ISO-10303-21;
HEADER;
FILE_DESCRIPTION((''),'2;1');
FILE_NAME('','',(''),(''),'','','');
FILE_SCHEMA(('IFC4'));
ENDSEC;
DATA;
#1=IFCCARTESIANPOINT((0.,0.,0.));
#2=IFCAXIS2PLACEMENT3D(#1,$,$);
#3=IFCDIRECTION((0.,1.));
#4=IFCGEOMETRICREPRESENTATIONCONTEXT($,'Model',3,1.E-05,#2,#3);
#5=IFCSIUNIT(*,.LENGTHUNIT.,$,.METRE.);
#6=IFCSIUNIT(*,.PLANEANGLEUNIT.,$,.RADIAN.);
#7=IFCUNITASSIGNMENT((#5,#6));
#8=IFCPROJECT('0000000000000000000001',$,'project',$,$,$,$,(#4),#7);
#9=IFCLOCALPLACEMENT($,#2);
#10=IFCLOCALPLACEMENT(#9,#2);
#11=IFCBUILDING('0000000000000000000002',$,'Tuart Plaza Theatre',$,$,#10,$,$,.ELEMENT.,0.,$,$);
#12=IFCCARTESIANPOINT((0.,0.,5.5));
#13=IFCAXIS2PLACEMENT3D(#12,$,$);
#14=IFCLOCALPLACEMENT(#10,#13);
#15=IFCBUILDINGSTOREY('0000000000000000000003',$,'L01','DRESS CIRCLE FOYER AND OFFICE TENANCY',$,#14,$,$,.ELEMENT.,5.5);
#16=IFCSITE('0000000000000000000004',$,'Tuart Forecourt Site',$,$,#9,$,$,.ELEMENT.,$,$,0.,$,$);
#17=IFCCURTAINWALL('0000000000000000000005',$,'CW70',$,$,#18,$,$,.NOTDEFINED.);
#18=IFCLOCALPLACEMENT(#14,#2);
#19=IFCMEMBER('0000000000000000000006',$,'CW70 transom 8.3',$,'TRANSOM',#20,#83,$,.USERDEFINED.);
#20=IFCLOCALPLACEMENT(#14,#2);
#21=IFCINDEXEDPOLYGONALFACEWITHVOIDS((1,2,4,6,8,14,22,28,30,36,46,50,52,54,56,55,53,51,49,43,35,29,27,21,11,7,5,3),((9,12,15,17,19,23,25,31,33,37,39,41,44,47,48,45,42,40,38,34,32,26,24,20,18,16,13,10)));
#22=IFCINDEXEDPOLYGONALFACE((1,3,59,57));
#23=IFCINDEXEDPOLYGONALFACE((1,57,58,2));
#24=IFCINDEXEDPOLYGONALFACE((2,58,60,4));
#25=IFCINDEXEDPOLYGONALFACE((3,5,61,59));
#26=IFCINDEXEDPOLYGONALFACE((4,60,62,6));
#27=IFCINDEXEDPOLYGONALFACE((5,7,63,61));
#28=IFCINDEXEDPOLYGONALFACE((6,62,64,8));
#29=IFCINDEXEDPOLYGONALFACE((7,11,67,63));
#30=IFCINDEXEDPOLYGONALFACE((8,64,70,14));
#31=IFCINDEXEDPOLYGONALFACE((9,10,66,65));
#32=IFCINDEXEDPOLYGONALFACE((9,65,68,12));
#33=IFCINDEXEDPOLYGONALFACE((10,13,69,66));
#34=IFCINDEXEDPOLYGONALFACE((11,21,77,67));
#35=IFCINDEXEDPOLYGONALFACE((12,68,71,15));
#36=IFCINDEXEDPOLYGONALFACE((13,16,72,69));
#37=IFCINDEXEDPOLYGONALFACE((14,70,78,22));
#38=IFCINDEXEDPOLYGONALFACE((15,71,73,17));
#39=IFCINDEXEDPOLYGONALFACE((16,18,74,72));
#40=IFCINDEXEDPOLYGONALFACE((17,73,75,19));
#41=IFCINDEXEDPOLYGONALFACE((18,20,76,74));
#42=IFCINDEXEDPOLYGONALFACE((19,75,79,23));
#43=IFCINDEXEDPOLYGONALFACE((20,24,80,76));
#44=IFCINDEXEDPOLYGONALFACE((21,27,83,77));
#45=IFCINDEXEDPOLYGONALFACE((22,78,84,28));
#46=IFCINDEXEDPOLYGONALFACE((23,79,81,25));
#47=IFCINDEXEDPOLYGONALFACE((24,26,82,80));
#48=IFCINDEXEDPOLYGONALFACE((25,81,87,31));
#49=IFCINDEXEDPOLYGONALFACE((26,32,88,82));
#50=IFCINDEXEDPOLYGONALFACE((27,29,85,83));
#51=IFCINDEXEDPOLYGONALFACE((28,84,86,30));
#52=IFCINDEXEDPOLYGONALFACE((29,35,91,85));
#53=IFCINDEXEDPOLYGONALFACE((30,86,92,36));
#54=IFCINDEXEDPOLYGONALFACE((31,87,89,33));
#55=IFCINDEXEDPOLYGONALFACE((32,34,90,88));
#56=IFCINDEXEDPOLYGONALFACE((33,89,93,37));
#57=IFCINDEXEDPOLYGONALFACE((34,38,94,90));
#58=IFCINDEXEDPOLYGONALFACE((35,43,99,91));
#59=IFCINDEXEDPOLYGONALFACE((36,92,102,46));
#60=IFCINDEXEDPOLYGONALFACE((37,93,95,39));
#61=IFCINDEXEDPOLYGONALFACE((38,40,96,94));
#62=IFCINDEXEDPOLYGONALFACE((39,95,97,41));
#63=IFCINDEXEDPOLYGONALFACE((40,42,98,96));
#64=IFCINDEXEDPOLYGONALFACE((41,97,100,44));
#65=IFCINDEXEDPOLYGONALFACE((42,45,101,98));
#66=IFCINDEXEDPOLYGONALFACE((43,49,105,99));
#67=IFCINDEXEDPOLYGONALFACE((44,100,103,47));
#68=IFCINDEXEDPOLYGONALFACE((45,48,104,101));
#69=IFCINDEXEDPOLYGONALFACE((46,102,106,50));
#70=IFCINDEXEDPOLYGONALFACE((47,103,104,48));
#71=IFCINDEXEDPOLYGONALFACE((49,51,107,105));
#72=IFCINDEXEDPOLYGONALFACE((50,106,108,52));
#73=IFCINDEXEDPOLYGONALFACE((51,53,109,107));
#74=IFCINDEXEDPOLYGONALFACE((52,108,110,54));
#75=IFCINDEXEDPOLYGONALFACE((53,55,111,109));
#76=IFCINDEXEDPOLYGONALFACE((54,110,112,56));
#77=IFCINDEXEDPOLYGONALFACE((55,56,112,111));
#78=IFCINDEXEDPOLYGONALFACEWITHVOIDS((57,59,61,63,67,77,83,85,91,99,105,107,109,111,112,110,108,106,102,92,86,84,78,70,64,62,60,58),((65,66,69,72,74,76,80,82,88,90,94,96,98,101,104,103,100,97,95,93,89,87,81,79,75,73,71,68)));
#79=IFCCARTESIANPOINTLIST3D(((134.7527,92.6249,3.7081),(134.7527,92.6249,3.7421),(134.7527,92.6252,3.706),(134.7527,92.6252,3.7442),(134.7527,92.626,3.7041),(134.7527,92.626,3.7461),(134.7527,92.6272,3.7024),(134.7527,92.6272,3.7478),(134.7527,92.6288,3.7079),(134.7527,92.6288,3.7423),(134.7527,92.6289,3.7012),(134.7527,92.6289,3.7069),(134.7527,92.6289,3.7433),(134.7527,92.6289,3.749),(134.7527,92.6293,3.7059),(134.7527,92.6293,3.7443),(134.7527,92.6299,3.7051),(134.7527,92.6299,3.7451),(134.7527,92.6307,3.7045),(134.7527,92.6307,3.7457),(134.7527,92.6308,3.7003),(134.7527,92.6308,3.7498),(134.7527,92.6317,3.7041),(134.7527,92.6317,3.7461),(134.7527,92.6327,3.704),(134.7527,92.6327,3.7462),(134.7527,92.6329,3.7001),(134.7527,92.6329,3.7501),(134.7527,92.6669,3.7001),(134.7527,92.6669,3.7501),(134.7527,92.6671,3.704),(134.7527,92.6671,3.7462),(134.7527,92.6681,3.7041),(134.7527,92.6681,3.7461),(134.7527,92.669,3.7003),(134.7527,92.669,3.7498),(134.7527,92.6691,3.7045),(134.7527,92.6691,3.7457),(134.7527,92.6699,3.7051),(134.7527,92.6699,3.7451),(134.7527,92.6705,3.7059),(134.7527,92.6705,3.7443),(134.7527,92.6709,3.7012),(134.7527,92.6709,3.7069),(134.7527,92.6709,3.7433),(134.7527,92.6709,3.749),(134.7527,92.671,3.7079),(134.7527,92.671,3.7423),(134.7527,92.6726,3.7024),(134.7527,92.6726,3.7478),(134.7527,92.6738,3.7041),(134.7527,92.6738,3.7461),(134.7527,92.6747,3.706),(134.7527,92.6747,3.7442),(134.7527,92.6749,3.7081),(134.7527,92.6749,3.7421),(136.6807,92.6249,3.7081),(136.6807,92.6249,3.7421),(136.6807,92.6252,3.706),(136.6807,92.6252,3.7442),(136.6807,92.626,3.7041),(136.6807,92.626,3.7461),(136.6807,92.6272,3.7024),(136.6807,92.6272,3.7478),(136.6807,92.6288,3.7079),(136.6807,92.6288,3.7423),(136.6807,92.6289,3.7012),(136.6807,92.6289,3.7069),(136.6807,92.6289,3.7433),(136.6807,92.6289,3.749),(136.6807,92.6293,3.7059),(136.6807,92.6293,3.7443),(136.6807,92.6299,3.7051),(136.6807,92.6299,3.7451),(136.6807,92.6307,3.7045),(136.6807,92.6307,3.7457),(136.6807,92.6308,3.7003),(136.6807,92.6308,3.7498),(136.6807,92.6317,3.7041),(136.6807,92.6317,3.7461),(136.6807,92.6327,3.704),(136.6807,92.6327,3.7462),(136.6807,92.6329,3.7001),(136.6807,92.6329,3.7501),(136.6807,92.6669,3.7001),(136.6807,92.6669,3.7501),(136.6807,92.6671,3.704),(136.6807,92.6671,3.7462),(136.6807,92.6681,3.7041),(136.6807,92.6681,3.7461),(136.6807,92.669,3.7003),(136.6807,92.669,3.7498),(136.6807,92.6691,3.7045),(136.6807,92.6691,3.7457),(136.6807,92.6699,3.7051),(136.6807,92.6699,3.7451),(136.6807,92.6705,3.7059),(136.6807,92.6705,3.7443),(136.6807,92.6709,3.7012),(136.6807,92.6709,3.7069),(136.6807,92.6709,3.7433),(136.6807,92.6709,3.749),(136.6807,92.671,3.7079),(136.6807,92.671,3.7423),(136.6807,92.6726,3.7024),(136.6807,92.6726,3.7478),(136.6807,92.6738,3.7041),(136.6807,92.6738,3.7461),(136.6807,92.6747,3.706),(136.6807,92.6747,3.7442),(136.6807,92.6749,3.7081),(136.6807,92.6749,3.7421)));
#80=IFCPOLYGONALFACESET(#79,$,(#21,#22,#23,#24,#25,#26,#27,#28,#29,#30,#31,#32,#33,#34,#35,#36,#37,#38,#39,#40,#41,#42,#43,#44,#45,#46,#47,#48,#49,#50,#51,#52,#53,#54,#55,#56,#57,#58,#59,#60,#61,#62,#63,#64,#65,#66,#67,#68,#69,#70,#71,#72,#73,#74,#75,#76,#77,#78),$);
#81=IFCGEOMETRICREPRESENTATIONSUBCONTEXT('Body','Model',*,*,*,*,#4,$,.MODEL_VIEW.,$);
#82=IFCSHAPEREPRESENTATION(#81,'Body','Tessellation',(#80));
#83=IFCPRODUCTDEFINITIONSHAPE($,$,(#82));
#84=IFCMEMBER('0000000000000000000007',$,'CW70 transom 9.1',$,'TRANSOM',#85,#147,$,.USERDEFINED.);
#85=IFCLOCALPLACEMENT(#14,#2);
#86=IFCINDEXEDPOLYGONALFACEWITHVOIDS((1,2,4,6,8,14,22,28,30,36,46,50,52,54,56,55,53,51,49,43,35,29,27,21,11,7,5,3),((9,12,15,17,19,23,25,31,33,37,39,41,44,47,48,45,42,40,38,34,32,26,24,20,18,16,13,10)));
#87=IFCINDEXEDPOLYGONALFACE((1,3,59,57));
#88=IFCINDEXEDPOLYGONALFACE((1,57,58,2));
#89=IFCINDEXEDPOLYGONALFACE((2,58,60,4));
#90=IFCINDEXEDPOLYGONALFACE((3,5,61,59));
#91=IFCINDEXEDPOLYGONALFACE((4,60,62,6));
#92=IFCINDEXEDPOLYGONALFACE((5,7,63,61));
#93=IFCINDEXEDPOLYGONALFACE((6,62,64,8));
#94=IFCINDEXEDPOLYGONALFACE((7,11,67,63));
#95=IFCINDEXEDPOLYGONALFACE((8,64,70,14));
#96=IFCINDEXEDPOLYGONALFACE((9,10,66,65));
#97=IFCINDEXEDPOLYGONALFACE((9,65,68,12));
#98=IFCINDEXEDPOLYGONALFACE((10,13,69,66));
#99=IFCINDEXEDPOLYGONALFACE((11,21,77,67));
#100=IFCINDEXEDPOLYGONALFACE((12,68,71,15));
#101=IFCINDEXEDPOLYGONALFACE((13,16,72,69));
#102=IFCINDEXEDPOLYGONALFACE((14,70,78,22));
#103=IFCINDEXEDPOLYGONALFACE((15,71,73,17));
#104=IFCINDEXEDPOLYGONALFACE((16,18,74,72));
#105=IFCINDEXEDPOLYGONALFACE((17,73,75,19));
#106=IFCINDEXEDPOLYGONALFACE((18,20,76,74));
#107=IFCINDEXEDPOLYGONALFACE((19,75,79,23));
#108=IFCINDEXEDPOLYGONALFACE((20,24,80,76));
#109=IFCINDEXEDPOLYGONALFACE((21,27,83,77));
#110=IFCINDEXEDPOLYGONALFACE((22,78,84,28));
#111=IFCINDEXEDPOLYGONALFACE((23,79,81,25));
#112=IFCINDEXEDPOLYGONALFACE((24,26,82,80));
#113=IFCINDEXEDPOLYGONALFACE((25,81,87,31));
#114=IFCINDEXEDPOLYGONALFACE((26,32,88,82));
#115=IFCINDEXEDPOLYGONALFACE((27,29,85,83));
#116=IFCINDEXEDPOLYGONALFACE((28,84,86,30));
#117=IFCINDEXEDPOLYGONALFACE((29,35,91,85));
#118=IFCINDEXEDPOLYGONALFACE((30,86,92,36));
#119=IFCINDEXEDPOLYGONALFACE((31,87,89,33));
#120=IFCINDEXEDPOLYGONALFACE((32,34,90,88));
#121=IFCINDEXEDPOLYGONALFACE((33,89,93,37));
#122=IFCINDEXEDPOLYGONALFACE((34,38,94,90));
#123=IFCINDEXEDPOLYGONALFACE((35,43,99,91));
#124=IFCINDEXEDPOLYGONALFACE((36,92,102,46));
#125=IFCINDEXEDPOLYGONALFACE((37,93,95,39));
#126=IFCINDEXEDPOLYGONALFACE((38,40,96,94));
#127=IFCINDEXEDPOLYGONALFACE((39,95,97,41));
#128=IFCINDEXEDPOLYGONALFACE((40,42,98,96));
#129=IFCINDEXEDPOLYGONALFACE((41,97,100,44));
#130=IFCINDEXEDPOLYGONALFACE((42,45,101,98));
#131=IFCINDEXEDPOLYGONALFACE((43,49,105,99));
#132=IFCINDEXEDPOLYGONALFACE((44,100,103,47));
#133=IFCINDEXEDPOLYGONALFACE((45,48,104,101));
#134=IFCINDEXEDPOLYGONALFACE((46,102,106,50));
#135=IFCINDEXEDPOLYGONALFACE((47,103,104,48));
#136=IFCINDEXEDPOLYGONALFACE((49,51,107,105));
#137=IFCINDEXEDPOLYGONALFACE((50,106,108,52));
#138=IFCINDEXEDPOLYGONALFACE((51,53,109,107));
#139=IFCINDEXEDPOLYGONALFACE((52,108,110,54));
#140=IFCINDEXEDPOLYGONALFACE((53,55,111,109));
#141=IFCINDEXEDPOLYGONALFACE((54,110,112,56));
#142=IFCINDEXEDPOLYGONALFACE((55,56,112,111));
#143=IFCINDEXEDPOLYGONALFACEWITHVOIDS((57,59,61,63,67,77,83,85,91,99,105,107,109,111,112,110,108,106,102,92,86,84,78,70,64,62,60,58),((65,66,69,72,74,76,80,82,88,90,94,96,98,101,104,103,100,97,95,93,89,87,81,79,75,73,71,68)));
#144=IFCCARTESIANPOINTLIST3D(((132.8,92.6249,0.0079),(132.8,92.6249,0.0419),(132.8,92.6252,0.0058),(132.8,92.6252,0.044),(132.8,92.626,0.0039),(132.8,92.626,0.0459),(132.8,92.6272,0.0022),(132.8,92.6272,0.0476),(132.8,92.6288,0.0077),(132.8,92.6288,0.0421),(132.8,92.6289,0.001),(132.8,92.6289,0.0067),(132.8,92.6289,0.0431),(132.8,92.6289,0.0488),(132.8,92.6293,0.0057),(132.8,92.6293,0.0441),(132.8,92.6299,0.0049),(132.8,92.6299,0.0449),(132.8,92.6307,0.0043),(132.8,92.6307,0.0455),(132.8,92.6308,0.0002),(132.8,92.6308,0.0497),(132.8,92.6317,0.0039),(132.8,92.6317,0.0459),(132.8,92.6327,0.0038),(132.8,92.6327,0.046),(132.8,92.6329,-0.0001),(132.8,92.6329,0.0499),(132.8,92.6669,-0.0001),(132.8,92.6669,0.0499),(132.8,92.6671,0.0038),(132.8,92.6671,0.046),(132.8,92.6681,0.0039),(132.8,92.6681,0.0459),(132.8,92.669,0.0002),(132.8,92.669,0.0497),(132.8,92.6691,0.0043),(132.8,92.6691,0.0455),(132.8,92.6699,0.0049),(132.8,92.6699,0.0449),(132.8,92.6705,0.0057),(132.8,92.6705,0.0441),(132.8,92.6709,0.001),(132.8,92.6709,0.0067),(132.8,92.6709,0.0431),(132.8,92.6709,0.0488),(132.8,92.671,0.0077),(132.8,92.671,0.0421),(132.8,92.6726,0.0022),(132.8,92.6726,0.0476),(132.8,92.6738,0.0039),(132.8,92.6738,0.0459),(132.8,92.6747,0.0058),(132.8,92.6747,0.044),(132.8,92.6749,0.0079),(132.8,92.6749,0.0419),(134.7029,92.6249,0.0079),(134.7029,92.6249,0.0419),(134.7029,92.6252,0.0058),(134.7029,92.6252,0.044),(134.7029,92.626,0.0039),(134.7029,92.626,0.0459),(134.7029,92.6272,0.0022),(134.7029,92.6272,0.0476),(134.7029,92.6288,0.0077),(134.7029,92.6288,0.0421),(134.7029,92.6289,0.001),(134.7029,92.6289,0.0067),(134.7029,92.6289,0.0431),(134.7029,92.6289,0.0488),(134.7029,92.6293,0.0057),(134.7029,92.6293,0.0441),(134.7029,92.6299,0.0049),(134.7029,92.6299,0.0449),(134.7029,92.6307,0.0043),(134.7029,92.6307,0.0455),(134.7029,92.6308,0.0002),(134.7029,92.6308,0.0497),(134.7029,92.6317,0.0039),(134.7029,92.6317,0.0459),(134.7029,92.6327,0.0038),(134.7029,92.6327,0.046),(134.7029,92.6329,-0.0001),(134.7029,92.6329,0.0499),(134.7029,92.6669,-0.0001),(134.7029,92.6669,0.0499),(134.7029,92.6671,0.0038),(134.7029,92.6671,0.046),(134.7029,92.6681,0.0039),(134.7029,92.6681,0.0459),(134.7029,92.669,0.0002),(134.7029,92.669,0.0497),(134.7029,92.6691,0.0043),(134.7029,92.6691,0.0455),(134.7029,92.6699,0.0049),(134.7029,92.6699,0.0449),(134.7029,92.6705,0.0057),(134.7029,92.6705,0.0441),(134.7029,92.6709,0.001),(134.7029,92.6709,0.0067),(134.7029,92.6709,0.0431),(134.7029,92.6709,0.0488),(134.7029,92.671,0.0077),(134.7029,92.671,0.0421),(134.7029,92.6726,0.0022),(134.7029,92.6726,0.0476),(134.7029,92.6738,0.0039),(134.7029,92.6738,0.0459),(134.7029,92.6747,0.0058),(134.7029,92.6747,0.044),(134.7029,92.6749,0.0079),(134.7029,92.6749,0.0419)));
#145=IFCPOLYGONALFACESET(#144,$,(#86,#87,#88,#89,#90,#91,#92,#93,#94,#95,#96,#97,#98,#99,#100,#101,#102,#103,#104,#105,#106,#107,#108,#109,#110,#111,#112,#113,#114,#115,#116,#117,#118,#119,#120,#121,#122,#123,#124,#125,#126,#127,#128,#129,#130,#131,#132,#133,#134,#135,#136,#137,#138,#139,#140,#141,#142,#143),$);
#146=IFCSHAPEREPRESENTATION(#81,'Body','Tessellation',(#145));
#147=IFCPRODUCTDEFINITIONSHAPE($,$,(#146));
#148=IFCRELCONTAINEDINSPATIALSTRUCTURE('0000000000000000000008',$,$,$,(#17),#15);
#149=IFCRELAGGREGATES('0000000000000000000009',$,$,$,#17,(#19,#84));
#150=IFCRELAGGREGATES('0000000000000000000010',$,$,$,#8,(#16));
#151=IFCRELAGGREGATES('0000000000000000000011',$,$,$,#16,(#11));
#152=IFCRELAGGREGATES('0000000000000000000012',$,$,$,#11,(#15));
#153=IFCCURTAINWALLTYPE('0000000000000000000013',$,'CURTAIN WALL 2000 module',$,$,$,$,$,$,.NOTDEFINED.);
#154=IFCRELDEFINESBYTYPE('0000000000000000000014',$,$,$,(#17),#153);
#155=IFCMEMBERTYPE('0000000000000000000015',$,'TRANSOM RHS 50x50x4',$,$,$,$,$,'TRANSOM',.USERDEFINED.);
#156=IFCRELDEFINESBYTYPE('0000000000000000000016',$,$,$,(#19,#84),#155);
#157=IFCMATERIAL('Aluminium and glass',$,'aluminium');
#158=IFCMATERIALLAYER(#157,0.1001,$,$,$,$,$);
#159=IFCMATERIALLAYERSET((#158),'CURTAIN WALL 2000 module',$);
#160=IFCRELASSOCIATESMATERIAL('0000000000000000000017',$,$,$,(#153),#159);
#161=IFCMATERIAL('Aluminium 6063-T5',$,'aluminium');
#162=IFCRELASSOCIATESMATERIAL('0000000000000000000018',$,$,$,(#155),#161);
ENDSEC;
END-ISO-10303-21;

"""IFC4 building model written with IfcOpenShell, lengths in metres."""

from ifc_helpers import new_model, si_unit, direction, frame, origin, origin_2d, place, context, subcontext, project, spatial, hollow_rectangle, extrude, material, layer, layer_set, material_profile, profile_set, type_object, element, aggregate, save


model = new_model("IFC4")

# Units and contexts
model_context = context("Model", 3, precision=1e-05, world=origin(), true_north=direction((0.0, 1.0)))
body_context = subcontext(model_context, "Body", "Model", "MODEL_VIEW")
ifc_project = project(units=[si_unit("LENGTHUNIT", "METRE"), si_unit("PLANEANGLEUNIT", "RADIAN")], contexts=[model_context])

# Site, building, storey
site_placement = place(None, origin())
site = spatial("IfcSite", under=ifc_project, at=site_placement, Name="Tuart Forecourt Site", CompositionType="ELEMENT", RefElevation=0.0)
building_placement = place(site_placement, origin())
building = spatial("IfcBuilding", under=site, at=building_placement, Name="Tuart Plaza Theatre", CompositionType="ELEMENT", ElevationOfRefHeight=0.0)
storey_placement = place(building_placement, frame((0.0, 0.0, 5.5)))
storey = spatial("IfcBuildingStorey", under=building, at=storey_placement, Name="L01", Description="DRESS CIRCLE FOYER AND OFFICE TENANCY", CompositionType="ELEMENT", Elevation=5.5)

# Curtain wall, members
ifc_material_1 = material(Name="Aluminium and glass", Category="aluminium")
ifc_layer_1 = layer(ifc_material_1, 0.1001)
ifc_layer_set_1 = layer_set([ifc_layer_1], Name="CURTAIN WALL 2000 module")
curtain_wall_type = type_object("IfcCurtainWallType", Name="CURTAIN WALL 2000 module", PredefinedType="NOTDEFINED", material=ifc_layer_set_1)
curtain_wall_placement = place(storey_placement, origin())
curtain_wall = element("IfcCurtainWall", 1, at=curtain_wall_placement, inside=storey, type_object=curtain_wall_type, Name="CW70", PredefinedType="NOTDEFINED")
ifc_material_2 = material(Name="Aluminium 6063-T5", Category="aluminium")
ifc_material_profile_1 = material_profile(ifc_material_2, hollow_rectangle(XDim=0.05, YDim=0.05, WallThickness=0.0039, InnerFilletRadius=0.0039, OuterFilletRadius=0.0081, at=origin_2d()), Name="RHS 50x50x4")
ifc_profile_set_1 = profile_set([ifc_material_profile_1], Name="Aluminium 6063-T5")
member_type_1 = type_object("IfcMemberType", Name="TRANSOM RHS 50x50x4", ElementType="TRANSOM", PredefinedType="USERDEFINED", material=ifc_profile_set_1)
member_1_placement = place(storey_placement, frame((136.6807, 92.6499, 3.7251), z_axis=(-1.0, 0.0, 0.0), x_axis=(0.0, -1.0, 0.0)))
member_1 = element("IfcMember", 2, at=member_1_placement, type_object=member_type_1, Name="CW70 transom 8.3", ObjectType="TRANSOM", PredefinedType="USERDEFINED", context=body_context, shape_type="SweptSolid", body=[
    extrude(hollow_rectangle(XDim=0.05, YDim=0.05, WallThickness=0.0039, InnerFilletRadius=0.0039, OuterFilletRadius=0.0081, at=origin_2d()), origin(), (0.0, 0.0, 1.0), 1.928),
])
member_2_placement = place(storey_placement, frame((134.7029, 92.6499, 0.0249), z_axis=(-1.0, 0.0, 0.0), x_axis=(0.0, -1.0, 0.0)))
member_2 = element("IfcMember", 3, at=member_2_placement, type_object=member_type_1, Name="CW70 transom 9.1", ObjectType="TRANSOM", PredefinedType="USERDEFINED", context=body_context, shape_type="SweptSolid", body=[
    extrude(hollow_rectangle(XDim=0.05, YDim=0.05, WallThickness=0.0039, InnerFilletRadius=0.0039, OuterFilletRadius=0.0081, at=origin_2d()), origin(), (0.0, 0.0, 1.0), 1.9028),
])
aggregate(curtain_wall, [member_1, member_2])

save(model, "model.ifc")
